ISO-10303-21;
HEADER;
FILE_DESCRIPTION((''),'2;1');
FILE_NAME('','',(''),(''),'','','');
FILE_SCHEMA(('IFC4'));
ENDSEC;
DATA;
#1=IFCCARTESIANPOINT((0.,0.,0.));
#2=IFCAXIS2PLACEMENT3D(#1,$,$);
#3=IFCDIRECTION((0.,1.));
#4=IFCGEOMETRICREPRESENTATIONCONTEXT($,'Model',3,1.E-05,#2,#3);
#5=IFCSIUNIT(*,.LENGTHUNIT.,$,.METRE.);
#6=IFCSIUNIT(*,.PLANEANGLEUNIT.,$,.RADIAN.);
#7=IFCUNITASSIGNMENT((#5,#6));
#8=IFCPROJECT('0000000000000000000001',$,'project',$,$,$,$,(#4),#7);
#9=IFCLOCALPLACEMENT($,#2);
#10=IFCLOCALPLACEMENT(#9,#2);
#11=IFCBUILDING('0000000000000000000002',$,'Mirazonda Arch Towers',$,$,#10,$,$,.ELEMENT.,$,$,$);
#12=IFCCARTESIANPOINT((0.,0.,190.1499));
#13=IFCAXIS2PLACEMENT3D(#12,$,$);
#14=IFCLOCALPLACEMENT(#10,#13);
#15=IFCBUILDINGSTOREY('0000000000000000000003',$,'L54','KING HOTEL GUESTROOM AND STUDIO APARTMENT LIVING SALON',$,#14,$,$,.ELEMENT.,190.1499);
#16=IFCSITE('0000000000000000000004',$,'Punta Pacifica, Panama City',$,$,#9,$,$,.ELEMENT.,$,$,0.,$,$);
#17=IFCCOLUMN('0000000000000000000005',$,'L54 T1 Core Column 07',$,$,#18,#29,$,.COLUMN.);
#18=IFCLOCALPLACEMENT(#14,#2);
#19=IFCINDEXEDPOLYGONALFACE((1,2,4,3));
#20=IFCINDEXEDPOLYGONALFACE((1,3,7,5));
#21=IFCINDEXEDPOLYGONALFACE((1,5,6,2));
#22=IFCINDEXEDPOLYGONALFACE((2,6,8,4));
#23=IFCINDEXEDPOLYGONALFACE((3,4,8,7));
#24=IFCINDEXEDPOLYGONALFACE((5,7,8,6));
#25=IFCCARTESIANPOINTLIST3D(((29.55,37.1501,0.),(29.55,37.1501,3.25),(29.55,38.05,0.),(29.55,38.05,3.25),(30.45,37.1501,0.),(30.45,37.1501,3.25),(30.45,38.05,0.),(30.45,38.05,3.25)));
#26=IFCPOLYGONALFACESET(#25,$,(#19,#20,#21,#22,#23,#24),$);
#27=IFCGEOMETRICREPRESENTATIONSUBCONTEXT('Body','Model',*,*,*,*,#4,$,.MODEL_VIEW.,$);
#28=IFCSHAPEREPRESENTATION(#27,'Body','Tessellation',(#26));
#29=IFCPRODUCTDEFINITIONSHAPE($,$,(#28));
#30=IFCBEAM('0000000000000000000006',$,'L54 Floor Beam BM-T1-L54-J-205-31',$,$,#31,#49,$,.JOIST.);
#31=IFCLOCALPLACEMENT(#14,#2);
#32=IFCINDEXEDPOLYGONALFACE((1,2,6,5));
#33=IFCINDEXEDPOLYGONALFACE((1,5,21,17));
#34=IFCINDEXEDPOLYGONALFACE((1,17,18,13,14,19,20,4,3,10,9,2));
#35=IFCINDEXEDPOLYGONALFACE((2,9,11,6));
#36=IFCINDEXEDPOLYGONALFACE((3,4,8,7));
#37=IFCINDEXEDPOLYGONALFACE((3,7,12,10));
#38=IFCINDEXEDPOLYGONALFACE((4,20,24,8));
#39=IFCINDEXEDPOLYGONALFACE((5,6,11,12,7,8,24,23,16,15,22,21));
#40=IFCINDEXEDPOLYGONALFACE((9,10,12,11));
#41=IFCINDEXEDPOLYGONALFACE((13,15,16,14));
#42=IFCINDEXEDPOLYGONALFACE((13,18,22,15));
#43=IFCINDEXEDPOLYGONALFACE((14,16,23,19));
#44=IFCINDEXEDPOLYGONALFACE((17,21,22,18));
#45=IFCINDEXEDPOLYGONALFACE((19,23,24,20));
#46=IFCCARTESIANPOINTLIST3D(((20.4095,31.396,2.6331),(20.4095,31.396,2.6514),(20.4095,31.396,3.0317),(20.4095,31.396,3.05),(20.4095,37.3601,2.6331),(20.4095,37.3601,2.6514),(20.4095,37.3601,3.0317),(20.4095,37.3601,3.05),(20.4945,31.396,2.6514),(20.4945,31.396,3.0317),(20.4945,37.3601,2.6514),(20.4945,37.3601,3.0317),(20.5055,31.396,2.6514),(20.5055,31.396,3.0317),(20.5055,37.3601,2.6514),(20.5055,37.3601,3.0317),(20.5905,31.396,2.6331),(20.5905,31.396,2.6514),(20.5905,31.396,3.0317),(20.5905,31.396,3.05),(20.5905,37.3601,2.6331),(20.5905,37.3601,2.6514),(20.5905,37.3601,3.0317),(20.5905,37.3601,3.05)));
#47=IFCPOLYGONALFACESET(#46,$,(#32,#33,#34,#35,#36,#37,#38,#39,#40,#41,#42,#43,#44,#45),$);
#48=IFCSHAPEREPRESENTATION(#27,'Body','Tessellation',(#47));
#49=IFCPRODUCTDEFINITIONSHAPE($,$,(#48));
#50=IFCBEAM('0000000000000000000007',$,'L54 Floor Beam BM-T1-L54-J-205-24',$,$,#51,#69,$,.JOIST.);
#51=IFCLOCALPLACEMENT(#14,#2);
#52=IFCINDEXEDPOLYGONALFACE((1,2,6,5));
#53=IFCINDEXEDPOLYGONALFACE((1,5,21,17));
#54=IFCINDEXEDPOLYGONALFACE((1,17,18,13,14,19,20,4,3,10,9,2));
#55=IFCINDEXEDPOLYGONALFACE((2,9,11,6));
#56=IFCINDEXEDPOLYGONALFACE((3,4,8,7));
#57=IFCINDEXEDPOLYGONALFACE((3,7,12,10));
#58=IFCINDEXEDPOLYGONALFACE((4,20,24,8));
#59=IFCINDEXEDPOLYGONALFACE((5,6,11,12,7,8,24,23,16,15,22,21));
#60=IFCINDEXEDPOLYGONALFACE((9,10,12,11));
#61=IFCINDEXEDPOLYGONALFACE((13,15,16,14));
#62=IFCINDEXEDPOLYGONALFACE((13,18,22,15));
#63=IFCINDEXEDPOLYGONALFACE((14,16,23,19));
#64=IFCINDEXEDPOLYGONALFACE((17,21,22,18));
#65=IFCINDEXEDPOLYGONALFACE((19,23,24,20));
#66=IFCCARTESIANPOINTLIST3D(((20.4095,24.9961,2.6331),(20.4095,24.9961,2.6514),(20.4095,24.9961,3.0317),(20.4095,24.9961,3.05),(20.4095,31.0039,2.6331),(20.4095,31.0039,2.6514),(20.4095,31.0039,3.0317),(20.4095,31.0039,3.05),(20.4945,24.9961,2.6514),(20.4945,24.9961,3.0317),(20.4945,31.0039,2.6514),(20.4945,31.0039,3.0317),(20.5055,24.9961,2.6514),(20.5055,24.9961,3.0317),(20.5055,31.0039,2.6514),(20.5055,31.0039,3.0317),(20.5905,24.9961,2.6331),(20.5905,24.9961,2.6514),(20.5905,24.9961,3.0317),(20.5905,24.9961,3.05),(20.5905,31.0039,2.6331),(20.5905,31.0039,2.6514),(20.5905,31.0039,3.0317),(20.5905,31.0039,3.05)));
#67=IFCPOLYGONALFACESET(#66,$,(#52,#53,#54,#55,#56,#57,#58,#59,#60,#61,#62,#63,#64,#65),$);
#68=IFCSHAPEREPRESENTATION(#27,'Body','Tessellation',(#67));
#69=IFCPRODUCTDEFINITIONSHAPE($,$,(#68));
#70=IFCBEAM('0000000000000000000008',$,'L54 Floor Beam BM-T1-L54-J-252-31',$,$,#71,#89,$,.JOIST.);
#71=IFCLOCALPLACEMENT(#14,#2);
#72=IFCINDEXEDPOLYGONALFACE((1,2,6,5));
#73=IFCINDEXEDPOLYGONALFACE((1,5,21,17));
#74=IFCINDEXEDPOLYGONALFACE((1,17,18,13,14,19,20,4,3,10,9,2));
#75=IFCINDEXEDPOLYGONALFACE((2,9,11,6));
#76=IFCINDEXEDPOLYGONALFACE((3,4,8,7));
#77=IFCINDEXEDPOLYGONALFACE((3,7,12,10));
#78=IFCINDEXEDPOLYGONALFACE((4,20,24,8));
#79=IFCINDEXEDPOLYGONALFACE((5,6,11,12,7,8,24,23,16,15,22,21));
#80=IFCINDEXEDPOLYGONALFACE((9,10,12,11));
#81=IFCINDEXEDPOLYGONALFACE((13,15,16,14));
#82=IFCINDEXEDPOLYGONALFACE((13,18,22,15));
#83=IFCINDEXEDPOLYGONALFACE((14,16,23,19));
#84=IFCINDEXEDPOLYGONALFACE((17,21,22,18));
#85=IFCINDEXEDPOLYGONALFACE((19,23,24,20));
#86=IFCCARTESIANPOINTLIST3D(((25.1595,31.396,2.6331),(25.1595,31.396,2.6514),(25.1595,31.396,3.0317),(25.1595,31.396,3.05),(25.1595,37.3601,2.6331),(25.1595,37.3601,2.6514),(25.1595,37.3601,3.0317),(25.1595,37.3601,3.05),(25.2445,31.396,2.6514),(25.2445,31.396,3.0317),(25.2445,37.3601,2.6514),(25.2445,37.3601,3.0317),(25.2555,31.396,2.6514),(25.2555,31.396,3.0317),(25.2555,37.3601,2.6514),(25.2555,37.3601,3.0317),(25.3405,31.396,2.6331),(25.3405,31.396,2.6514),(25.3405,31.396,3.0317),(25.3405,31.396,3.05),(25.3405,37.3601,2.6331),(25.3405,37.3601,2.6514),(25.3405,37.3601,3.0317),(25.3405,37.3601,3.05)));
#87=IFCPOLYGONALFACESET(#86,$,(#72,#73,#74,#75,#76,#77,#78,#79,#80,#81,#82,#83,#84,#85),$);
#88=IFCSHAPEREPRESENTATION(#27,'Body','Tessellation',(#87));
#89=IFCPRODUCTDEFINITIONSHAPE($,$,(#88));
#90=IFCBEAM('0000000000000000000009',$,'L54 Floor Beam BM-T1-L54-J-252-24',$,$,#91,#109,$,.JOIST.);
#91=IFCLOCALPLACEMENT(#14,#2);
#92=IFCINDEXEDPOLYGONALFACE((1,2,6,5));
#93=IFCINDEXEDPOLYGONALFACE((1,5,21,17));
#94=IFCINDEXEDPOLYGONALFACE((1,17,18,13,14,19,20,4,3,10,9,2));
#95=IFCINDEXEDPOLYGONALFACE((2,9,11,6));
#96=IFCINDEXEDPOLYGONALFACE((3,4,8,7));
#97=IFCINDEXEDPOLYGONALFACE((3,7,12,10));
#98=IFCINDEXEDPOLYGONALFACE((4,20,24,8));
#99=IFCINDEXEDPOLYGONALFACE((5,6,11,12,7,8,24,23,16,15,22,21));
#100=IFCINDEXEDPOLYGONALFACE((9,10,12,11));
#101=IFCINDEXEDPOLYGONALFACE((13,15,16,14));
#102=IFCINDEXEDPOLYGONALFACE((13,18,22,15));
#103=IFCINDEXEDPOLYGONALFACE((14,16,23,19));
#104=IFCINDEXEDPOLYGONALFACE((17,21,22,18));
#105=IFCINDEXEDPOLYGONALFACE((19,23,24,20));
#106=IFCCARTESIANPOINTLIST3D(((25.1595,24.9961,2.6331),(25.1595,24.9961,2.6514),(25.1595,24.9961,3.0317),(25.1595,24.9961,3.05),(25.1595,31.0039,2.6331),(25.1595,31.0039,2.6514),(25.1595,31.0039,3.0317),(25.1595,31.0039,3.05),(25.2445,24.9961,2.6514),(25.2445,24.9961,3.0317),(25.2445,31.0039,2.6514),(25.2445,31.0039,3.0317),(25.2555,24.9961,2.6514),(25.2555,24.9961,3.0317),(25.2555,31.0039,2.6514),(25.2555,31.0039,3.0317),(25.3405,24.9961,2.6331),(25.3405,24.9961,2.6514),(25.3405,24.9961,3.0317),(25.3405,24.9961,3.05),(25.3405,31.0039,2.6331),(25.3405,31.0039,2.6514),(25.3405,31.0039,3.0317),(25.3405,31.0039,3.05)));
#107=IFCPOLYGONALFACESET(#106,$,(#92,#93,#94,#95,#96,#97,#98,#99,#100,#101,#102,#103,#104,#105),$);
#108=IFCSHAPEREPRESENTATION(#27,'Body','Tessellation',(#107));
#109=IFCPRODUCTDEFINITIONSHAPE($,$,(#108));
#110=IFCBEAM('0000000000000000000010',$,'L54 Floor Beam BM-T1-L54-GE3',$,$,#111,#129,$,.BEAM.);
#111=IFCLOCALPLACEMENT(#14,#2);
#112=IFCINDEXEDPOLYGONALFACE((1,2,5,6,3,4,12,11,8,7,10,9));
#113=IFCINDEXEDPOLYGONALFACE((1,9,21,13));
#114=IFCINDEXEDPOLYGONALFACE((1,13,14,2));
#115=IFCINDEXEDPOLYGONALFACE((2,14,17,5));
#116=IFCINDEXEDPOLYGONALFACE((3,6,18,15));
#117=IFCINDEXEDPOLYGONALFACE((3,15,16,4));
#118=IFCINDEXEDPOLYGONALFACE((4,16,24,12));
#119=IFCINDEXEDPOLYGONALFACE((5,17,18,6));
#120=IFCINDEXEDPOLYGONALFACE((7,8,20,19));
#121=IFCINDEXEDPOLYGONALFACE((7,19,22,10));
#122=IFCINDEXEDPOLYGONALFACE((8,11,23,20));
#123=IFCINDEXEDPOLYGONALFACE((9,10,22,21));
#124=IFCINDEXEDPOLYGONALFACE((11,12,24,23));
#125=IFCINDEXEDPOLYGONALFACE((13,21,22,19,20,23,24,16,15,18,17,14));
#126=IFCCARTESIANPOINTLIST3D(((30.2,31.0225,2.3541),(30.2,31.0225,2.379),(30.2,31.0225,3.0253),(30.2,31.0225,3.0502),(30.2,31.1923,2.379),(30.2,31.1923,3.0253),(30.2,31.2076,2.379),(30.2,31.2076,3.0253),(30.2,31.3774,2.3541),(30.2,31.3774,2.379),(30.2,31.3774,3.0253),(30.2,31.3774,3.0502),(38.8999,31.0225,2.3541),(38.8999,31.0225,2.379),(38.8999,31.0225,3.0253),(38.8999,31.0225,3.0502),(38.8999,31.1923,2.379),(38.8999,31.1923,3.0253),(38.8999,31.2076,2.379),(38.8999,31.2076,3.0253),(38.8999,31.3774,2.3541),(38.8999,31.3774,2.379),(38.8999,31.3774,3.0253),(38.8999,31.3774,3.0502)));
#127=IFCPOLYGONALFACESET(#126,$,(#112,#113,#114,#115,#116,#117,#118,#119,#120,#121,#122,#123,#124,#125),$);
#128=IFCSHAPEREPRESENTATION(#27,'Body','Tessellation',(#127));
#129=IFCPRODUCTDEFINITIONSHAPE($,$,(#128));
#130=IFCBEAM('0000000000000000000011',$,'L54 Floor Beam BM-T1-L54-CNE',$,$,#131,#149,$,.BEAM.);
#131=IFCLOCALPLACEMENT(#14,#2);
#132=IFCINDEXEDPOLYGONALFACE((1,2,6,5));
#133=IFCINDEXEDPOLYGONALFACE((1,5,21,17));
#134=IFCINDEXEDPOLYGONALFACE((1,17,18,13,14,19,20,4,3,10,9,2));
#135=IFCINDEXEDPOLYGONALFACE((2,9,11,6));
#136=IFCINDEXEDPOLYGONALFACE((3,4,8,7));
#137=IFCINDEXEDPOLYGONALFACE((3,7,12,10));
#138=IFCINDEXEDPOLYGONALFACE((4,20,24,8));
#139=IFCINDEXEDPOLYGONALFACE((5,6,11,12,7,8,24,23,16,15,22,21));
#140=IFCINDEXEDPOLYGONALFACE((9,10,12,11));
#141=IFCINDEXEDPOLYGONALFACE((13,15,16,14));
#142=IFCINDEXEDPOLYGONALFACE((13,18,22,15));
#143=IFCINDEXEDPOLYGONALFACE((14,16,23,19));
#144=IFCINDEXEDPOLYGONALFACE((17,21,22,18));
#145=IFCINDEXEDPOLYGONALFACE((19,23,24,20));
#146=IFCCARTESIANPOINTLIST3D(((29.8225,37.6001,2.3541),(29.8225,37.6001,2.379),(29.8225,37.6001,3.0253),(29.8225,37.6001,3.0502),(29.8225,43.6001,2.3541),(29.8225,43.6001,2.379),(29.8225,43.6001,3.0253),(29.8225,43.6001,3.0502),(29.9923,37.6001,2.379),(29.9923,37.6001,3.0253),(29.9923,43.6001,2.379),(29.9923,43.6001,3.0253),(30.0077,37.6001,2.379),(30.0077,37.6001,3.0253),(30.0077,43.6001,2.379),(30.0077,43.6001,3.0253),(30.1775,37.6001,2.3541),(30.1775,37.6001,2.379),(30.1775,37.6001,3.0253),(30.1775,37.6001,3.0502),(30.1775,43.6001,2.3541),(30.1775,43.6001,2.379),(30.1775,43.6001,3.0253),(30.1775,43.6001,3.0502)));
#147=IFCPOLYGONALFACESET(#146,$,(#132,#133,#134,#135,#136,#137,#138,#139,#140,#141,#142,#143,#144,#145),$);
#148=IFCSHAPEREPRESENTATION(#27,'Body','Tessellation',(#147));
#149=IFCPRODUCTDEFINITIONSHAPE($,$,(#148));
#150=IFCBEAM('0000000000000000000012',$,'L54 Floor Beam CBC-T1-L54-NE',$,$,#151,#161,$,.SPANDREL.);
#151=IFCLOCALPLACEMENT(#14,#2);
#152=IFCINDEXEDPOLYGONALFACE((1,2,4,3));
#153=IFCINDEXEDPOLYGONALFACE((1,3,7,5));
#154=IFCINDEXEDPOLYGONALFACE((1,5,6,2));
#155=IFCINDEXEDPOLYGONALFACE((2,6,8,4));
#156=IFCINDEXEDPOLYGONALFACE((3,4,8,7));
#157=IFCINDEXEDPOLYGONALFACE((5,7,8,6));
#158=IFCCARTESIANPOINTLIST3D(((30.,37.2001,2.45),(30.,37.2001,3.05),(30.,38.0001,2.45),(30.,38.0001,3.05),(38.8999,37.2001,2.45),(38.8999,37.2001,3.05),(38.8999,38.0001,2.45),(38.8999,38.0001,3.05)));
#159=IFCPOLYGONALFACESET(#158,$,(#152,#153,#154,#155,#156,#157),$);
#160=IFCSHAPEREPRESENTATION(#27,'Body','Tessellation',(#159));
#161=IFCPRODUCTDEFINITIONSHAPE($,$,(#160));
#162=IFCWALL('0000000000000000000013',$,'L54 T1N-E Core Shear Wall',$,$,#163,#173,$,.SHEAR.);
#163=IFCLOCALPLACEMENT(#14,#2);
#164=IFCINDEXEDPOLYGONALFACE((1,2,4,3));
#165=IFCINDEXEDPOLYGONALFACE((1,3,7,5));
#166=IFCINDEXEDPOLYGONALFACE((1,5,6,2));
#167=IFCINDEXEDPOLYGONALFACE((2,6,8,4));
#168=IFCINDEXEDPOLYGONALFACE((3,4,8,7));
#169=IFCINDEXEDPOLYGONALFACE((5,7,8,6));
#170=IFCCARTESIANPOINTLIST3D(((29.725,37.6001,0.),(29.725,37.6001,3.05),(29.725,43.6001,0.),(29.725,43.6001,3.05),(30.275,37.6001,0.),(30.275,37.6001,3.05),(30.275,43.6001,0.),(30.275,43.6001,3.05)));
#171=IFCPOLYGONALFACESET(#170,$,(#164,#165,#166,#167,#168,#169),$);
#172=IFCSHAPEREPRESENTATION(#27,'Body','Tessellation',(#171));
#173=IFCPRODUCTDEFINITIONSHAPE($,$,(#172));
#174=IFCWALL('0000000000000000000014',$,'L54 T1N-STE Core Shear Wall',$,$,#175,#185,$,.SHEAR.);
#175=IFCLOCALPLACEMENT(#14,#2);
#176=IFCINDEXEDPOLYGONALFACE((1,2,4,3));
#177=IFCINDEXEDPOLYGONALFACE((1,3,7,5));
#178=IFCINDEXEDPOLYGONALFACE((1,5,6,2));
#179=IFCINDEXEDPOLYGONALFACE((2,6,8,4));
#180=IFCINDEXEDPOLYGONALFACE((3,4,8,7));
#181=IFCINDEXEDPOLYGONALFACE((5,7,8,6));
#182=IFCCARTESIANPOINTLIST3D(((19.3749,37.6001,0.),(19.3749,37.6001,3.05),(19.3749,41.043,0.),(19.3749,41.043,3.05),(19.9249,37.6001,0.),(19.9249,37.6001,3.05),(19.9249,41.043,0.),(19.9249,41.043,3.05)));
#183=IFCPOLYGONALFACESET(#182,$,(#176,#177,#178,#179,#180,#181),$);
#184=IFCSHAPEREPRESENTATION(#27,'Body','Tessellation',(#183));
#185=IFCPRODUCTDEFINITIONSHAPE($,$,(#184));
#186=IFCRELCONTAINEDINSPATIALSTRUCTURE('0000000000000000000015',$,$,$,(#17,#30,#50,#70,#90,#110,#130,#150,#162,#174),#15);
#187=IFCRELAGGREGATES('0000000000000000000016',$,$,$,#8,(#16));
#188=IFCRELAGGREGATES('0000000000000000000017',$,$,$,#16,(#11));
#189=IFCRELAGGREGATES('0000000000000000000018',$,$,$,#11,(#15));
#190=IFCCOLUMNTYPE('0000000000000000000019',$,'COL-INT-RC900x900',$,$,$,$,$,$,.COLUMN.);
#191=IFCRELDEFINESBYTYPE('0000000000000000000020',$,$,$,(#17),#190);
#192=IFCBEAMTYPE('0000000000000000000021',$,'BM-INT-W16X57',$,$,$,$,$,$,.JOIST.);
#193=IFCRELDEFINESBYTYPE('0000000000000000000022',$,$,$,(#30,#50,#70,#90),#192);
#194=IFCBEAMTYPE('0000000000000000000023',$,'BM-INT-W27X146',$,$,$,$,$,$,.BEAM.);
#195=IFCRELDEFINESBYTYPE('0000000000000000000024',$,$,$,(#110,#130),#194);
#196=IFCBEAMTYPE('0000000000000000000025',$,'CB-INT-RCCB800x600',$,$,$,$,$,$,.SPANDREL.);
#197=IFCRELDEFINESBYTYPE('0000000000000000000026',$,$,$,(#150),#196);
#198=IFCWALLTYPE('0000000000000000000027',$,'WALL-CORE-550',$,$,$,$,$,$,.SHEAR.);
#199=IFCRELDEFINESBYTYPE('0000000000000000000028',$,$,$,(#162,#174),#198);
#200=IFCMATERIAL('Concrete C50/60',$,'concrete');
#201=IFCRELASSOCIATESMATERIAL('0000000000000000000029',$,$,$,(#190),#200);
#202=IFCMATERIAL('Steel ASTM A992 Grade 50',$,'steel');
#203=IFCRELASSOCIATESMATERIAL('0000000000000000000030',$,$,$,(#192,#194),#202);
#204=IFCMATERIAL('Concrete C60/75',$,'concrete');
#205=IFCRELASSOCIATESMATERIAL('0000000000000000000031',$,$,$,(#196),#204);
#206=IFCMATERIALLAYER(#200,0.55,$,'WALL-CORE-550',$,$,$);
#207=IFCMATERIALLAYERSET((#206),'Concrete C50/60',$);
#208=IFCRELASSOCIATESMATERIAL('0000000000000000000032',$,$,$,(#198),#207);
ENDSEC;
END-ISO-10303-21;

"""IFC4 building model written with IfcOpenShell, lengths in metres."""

from ifc_helpers import new_model, si_unit, direction, frame, frame_2d, origin, origin_2d, place, context, subcontext, project, spatial, rectangle, i_section, extrude, material, layer, layer_set, material_profile, profile_set, type_object, element, save


model = new_model("IFC4")

# Units and contexts
model_context = context("Model", 3, precision=1e-05, world=origin(), true_north=direction((0.0, 1.0)))
body_context = subcontext(model_context, "Body", "Model", "MODEL_VIEW")
ifc_project = project(units=[si_unit("LENGTHUNIT", "METRE"), si_unit("PLANEANGLEUNIT", "RADIAN")], contexts=[model_context])

# Site, building, storey
site_placement = place(None, origin())
site = spatial("IfcSite", under=ifc_project, at=site_placement, Name="Punta Pacifica, Panama City", CompositionType="ELEMENT", RefElevation=0.0)
building_placement = place(site_placement, origin())
building = spatial("IfcBuilding", under=site, at=building_placement, Name="Mirazonda Arch Towers", CompositionType="ELEMENT")
storey_placement = place(building_placement, frame((0.0, 0.0, 190.1499)))
storey = spatial("IfcBuildingStorey", under=building, at=storey_placement, Name="L54", Description="KING HOTEL GUESTROOM AND STUDIO APARTMENT LIVING SALON", CompositionType="ELEMENT", Elevation=190.1499)

# Column
ifc_material_1 = material(Name="Concrete C50/60", Category="concrete")
ifc_material_profile_1 = material_profile(ifc_material_1, rectangle(XDim=0.8999, YDim=0.8999, at=origin_2d()), Name="RC900x900")
ifc_profile_set_1 = profile_set([ifc_material_profile_1], Name="Concrete C50/60")
column_type = type_object("IfcColumnType", Name="COL-INT-RC900x900", PredefinedType="COLUMN", material=ifc_profile_set_1)
column_placement = place(storey_placement, frame((30.0, 37.6001, 0.0), z_axis=(0.0, 0.0, 1.0), x_axis=(1.0, 0.0, 0.0)))
element("IfcColumn", 1, at=column_placement, inside=storey, type_object=column_type, Name="L54 T1 Core Column 07", PredefinedType="COLUMN", context=body_context, shape_type="SweptSolid", body=[
    extrude(rectangle(XDim=0.8999, YDim=0.8999, at=origin_2d()), origin(), (0.0, 0.0, 1.0), 3.25),
])

# Beams
ifc_material_2 = material(Name="Steel ASTM A992 Grade 50", Category="steel")
ifc_material_profile_2 = material_profile(ifc_material_2, i_section(OverallWidth=0.1809, OverallDepth=0.417, WebThickness=0.011, FlangeThickness=0.0183, at=origin_2d()), Name="W16X57")
ifc_profile_set_2 = profile_set([ifc_material_profile_2], Name="Steel ASTM A992 Grade 50")
beam_type_1 = type_object("IfcBeamType", Name="BM-INT-W16X57", PredefinedType="JOIST", material=ifc_profile_set_2)
beam_1_placement = place(storey_placement, frame((20.5, 31.396, 2.8416), z_axis=(0.0, 1.0, 0.0), x_axis=(-1.0, 0.0, 0.0)))
element("IfcBeam", 2, at=beam_1_placement, inside=storey, type_object=beam_type_1, Name="L54 Floor Beam BM-T1-L54-J-205-31", PredefinedType="JOIST", context=body_context, shape_type="SweptSolid", body=[
    extrude(i_section(OverallWidth=0.1809, OverallDepth=0.417, WebThickness=0.011, FlangeThickness=0.0183, at=origin_2d()), origin(), (0.0, 0.0, 1.0), 5.9641),
])
beam_2_placement = place(storey_placement, frame((20.5, 24.9961, 2.8416), z_axis=(0.0, 1.0, 0.0), x_axis=(-1.0, 0.0, 0.0)))
element("IfcBeam", 3, at=beam_2_placement, inside=storey, type_object=beam_type_1, Name="L54 Floor Beam BM-T1-L54-J-205-24", PredefinedType="JOIST", context=body_context, shape_type="SweptSolid", body=[
    extrude(i_section(OverallWidth=0.1809, OverallDepth=0.417, WebThickness=0.011, FlangeThickness=0.0183, at=origin_2d()), origin(), (0.0, 0.0, 1.0), 6.0078),
])
beam_3_placement = place(storey_placement, frame((25.25, 31.396, 2.8416), z_axis=(0.0, 1.0, 0.0), x_axis=(-1.0, 0.0, 0.0)))
element("IfcBeam", 4, at=beam_3_placement, inside=storey, type_object=beam_type_1, Name="L54 Floor Beam BM-T1-L54-J-252-31", PredefinedType="JOIST", context=body_context, shape_type="SweptSolid", body=[
    extrude(i_section(OverallWidth=0.1809, OverallDepth=0.417, WebThickness=0.011, FlangeThickness=0.0183, at=origin_2d()), origin(), (0.0, 0.0, 1.0), 5.9641),
])
beam_4_placement = place(storey_placement, frame((25.25, 24.9961, 2.8416), z_axis=(0.0, 1.0, 0.0), x_axis=(-1.0, 0.0, 0.0)))
element("IfcBeam", 5, at=beam_4_placement, inside=storey, type_object=beam_type_1, Name="L54 Floor Beam BM-T1-L54-J-252-24", PredefinedType="JOIST", context=body_context, shape_type="SweptSolid", body=[
    extrude(i_section(OverallWidth=0.1809, OverallDepth=0.417, WebThickness=0.011, FlangeThickness=0.0183, at=origin_2d()), origin(), (0.0, 0.0, 1.0), 6.0078),
])
ifc_material_profile_3 = material_profile(ifc_material_2, i_section(OverallWidth=0.355, OverallDepth=0.696, WebThickness=0.0154, FlangeThickness=0.0249, at=origin_2d()), Name="W27X146")
ifc_profile_set_3 = profile_set([ifc_material_profile_3], Name="Steel ASTM A992 Grade 50")
beam_type_2 = type_object("IfcBeamType", Name="BM-INT-W27X146", PredefinedType="BEAM", material=ifc_profile_set_3)
beam_5_placement = place(storey_placement, frame((30.2, 31.2, 2.7021), z_axis=(1.0, 0.0, 0.0), x_axis=(0.0, 1.0, 0.0)))
element("IfcBeam", 6, at=beam_5_placement, inside=storey, type_object=beam_type_2, Name="L54 Floor Beam BM-T1-L54-GE3", PredefinedType="BEAM", context=body_context, shape_type="SweptSolid", body=[
    extrude(i_section(OverallWidth=0.355, OverallDepth=0.696, WebThickness=0.0154, FlangeThickness=0.0249, at=origin_2d()), origin(), (0.0, 0.0, 1.0), 8.7),
])
beam_6_placement = place(storey_placement, frame((30.0, 37.6001, 2.7021), z_axis=(0.0, 1.0, 0.0), x_axis=(-1.0, 0.0, 0.0)))
element("IfcBeam", 7, at=beam_6_placement, inside=storey, type_object=beam_type_2, Name="L54 Floor Beam BM-T1-L54-CNE", PredefinedType="BEAM", context=body_context, shape_type="SweptSolid", body=[
    extrude(i_section(OverallWidth=0.355, OverallDepth=0.696, WebThickness=0.0154, FlangeThickness=0.0249, at=origin_2d()), origin(), (0.0, 0.0, 1.0), 6.0),
])
ifc_material_3 = material(Name="Concrete C60/75", Category="concrete")
ifc_material_profile_4 = material_profile(ifc_material_3, rectangle(XDim=0.8, YDim=0.6001, at=origin_2d()), Name="RCCB800x600")
ifc_profile_set_4 = profile_set([ifc_material_profile_4], Name="Concrete C60/75")
beam_type_3 = type_object("IfcBeamType", Name="CB-INT-RCCB800x600", PredefinedType="SPANDREL", material=ifc_profile_set_4)
beam_7_placement = place(storey_placement, frame((30.0, 37.6001, 2.75), z_axis=(1.0, 0.0, 0.0), x_axis=(0.0, 1.0, 0.0)))
element("IfcBeam", 8, at=beam_7_placement, inside=storey, type_object=beam_type_3, Name="L54 Floor Beam CBC-T1-L54-NE", PredefinedType="SPANDREL", context=body_context, shape_type="SweptSolid", body=[
    extrude(rectangle(XDim=0.8, YDim=0.6001, at=origin_2d()), origin(), (0.0, 0.0, 1.0), 8.8999),
])

# Walls
ifc_layer_1 = layer(ifc_material_1, 0.55, Name="WALL-CORE-550")
ifc_layer_set_1 = layer_set([ifc_layer_1], Name="Concrete C50/60")
wall_type_1 = type_object("IfcWallType", Name="WALL-CORE-550", PredefinedType="SHEAR", material=ifc_layer_set_1)
wall_1_placement = place(storey_placement, frame((30.0, 37.6001, 0.0), z_axis=(0.0, 0.0, 1.0), x_axis=(0.0, 1.0, 0.0)))
element("IfcWall", 9, at=wall_1_placement, inside=storey, type_object=wall_type_1, Name="L54 T1N-E Core Shear Wall", PredefinedType="SHEAR", context=body_context, shape_type="SweptSolid", body=[
    extrude(rectangle(XDim=6.0, YDim=0.55, at=frame_2d((3.0, 0.0))), origin(), (0.0, 0.0, 1.0), 3.05),
])
wall_2_placement = place(storey_placement, frame((19.6499, 37.6001, 0.0), z_axis=(0.0, 0.0, 1.0), x_axis=(0.0, 1.0, 0.0)))
element("IfcWall", 10, at=wall_2_placement, inside=storey, type_object=wall_type_1, Name="L54 T1N-STE Core Shear Wall", PredefinedType="SHEAR", context=body_context, shape_type="SweptSolid", body=[
    extrude(rectangle(XDim=3.4429, YDim=0.55, at=frame_2d((1.7214, 0.0))), origin(), (0.0, 0.0, 1.0), 3.05),
])

save(model, "model.ifc")
